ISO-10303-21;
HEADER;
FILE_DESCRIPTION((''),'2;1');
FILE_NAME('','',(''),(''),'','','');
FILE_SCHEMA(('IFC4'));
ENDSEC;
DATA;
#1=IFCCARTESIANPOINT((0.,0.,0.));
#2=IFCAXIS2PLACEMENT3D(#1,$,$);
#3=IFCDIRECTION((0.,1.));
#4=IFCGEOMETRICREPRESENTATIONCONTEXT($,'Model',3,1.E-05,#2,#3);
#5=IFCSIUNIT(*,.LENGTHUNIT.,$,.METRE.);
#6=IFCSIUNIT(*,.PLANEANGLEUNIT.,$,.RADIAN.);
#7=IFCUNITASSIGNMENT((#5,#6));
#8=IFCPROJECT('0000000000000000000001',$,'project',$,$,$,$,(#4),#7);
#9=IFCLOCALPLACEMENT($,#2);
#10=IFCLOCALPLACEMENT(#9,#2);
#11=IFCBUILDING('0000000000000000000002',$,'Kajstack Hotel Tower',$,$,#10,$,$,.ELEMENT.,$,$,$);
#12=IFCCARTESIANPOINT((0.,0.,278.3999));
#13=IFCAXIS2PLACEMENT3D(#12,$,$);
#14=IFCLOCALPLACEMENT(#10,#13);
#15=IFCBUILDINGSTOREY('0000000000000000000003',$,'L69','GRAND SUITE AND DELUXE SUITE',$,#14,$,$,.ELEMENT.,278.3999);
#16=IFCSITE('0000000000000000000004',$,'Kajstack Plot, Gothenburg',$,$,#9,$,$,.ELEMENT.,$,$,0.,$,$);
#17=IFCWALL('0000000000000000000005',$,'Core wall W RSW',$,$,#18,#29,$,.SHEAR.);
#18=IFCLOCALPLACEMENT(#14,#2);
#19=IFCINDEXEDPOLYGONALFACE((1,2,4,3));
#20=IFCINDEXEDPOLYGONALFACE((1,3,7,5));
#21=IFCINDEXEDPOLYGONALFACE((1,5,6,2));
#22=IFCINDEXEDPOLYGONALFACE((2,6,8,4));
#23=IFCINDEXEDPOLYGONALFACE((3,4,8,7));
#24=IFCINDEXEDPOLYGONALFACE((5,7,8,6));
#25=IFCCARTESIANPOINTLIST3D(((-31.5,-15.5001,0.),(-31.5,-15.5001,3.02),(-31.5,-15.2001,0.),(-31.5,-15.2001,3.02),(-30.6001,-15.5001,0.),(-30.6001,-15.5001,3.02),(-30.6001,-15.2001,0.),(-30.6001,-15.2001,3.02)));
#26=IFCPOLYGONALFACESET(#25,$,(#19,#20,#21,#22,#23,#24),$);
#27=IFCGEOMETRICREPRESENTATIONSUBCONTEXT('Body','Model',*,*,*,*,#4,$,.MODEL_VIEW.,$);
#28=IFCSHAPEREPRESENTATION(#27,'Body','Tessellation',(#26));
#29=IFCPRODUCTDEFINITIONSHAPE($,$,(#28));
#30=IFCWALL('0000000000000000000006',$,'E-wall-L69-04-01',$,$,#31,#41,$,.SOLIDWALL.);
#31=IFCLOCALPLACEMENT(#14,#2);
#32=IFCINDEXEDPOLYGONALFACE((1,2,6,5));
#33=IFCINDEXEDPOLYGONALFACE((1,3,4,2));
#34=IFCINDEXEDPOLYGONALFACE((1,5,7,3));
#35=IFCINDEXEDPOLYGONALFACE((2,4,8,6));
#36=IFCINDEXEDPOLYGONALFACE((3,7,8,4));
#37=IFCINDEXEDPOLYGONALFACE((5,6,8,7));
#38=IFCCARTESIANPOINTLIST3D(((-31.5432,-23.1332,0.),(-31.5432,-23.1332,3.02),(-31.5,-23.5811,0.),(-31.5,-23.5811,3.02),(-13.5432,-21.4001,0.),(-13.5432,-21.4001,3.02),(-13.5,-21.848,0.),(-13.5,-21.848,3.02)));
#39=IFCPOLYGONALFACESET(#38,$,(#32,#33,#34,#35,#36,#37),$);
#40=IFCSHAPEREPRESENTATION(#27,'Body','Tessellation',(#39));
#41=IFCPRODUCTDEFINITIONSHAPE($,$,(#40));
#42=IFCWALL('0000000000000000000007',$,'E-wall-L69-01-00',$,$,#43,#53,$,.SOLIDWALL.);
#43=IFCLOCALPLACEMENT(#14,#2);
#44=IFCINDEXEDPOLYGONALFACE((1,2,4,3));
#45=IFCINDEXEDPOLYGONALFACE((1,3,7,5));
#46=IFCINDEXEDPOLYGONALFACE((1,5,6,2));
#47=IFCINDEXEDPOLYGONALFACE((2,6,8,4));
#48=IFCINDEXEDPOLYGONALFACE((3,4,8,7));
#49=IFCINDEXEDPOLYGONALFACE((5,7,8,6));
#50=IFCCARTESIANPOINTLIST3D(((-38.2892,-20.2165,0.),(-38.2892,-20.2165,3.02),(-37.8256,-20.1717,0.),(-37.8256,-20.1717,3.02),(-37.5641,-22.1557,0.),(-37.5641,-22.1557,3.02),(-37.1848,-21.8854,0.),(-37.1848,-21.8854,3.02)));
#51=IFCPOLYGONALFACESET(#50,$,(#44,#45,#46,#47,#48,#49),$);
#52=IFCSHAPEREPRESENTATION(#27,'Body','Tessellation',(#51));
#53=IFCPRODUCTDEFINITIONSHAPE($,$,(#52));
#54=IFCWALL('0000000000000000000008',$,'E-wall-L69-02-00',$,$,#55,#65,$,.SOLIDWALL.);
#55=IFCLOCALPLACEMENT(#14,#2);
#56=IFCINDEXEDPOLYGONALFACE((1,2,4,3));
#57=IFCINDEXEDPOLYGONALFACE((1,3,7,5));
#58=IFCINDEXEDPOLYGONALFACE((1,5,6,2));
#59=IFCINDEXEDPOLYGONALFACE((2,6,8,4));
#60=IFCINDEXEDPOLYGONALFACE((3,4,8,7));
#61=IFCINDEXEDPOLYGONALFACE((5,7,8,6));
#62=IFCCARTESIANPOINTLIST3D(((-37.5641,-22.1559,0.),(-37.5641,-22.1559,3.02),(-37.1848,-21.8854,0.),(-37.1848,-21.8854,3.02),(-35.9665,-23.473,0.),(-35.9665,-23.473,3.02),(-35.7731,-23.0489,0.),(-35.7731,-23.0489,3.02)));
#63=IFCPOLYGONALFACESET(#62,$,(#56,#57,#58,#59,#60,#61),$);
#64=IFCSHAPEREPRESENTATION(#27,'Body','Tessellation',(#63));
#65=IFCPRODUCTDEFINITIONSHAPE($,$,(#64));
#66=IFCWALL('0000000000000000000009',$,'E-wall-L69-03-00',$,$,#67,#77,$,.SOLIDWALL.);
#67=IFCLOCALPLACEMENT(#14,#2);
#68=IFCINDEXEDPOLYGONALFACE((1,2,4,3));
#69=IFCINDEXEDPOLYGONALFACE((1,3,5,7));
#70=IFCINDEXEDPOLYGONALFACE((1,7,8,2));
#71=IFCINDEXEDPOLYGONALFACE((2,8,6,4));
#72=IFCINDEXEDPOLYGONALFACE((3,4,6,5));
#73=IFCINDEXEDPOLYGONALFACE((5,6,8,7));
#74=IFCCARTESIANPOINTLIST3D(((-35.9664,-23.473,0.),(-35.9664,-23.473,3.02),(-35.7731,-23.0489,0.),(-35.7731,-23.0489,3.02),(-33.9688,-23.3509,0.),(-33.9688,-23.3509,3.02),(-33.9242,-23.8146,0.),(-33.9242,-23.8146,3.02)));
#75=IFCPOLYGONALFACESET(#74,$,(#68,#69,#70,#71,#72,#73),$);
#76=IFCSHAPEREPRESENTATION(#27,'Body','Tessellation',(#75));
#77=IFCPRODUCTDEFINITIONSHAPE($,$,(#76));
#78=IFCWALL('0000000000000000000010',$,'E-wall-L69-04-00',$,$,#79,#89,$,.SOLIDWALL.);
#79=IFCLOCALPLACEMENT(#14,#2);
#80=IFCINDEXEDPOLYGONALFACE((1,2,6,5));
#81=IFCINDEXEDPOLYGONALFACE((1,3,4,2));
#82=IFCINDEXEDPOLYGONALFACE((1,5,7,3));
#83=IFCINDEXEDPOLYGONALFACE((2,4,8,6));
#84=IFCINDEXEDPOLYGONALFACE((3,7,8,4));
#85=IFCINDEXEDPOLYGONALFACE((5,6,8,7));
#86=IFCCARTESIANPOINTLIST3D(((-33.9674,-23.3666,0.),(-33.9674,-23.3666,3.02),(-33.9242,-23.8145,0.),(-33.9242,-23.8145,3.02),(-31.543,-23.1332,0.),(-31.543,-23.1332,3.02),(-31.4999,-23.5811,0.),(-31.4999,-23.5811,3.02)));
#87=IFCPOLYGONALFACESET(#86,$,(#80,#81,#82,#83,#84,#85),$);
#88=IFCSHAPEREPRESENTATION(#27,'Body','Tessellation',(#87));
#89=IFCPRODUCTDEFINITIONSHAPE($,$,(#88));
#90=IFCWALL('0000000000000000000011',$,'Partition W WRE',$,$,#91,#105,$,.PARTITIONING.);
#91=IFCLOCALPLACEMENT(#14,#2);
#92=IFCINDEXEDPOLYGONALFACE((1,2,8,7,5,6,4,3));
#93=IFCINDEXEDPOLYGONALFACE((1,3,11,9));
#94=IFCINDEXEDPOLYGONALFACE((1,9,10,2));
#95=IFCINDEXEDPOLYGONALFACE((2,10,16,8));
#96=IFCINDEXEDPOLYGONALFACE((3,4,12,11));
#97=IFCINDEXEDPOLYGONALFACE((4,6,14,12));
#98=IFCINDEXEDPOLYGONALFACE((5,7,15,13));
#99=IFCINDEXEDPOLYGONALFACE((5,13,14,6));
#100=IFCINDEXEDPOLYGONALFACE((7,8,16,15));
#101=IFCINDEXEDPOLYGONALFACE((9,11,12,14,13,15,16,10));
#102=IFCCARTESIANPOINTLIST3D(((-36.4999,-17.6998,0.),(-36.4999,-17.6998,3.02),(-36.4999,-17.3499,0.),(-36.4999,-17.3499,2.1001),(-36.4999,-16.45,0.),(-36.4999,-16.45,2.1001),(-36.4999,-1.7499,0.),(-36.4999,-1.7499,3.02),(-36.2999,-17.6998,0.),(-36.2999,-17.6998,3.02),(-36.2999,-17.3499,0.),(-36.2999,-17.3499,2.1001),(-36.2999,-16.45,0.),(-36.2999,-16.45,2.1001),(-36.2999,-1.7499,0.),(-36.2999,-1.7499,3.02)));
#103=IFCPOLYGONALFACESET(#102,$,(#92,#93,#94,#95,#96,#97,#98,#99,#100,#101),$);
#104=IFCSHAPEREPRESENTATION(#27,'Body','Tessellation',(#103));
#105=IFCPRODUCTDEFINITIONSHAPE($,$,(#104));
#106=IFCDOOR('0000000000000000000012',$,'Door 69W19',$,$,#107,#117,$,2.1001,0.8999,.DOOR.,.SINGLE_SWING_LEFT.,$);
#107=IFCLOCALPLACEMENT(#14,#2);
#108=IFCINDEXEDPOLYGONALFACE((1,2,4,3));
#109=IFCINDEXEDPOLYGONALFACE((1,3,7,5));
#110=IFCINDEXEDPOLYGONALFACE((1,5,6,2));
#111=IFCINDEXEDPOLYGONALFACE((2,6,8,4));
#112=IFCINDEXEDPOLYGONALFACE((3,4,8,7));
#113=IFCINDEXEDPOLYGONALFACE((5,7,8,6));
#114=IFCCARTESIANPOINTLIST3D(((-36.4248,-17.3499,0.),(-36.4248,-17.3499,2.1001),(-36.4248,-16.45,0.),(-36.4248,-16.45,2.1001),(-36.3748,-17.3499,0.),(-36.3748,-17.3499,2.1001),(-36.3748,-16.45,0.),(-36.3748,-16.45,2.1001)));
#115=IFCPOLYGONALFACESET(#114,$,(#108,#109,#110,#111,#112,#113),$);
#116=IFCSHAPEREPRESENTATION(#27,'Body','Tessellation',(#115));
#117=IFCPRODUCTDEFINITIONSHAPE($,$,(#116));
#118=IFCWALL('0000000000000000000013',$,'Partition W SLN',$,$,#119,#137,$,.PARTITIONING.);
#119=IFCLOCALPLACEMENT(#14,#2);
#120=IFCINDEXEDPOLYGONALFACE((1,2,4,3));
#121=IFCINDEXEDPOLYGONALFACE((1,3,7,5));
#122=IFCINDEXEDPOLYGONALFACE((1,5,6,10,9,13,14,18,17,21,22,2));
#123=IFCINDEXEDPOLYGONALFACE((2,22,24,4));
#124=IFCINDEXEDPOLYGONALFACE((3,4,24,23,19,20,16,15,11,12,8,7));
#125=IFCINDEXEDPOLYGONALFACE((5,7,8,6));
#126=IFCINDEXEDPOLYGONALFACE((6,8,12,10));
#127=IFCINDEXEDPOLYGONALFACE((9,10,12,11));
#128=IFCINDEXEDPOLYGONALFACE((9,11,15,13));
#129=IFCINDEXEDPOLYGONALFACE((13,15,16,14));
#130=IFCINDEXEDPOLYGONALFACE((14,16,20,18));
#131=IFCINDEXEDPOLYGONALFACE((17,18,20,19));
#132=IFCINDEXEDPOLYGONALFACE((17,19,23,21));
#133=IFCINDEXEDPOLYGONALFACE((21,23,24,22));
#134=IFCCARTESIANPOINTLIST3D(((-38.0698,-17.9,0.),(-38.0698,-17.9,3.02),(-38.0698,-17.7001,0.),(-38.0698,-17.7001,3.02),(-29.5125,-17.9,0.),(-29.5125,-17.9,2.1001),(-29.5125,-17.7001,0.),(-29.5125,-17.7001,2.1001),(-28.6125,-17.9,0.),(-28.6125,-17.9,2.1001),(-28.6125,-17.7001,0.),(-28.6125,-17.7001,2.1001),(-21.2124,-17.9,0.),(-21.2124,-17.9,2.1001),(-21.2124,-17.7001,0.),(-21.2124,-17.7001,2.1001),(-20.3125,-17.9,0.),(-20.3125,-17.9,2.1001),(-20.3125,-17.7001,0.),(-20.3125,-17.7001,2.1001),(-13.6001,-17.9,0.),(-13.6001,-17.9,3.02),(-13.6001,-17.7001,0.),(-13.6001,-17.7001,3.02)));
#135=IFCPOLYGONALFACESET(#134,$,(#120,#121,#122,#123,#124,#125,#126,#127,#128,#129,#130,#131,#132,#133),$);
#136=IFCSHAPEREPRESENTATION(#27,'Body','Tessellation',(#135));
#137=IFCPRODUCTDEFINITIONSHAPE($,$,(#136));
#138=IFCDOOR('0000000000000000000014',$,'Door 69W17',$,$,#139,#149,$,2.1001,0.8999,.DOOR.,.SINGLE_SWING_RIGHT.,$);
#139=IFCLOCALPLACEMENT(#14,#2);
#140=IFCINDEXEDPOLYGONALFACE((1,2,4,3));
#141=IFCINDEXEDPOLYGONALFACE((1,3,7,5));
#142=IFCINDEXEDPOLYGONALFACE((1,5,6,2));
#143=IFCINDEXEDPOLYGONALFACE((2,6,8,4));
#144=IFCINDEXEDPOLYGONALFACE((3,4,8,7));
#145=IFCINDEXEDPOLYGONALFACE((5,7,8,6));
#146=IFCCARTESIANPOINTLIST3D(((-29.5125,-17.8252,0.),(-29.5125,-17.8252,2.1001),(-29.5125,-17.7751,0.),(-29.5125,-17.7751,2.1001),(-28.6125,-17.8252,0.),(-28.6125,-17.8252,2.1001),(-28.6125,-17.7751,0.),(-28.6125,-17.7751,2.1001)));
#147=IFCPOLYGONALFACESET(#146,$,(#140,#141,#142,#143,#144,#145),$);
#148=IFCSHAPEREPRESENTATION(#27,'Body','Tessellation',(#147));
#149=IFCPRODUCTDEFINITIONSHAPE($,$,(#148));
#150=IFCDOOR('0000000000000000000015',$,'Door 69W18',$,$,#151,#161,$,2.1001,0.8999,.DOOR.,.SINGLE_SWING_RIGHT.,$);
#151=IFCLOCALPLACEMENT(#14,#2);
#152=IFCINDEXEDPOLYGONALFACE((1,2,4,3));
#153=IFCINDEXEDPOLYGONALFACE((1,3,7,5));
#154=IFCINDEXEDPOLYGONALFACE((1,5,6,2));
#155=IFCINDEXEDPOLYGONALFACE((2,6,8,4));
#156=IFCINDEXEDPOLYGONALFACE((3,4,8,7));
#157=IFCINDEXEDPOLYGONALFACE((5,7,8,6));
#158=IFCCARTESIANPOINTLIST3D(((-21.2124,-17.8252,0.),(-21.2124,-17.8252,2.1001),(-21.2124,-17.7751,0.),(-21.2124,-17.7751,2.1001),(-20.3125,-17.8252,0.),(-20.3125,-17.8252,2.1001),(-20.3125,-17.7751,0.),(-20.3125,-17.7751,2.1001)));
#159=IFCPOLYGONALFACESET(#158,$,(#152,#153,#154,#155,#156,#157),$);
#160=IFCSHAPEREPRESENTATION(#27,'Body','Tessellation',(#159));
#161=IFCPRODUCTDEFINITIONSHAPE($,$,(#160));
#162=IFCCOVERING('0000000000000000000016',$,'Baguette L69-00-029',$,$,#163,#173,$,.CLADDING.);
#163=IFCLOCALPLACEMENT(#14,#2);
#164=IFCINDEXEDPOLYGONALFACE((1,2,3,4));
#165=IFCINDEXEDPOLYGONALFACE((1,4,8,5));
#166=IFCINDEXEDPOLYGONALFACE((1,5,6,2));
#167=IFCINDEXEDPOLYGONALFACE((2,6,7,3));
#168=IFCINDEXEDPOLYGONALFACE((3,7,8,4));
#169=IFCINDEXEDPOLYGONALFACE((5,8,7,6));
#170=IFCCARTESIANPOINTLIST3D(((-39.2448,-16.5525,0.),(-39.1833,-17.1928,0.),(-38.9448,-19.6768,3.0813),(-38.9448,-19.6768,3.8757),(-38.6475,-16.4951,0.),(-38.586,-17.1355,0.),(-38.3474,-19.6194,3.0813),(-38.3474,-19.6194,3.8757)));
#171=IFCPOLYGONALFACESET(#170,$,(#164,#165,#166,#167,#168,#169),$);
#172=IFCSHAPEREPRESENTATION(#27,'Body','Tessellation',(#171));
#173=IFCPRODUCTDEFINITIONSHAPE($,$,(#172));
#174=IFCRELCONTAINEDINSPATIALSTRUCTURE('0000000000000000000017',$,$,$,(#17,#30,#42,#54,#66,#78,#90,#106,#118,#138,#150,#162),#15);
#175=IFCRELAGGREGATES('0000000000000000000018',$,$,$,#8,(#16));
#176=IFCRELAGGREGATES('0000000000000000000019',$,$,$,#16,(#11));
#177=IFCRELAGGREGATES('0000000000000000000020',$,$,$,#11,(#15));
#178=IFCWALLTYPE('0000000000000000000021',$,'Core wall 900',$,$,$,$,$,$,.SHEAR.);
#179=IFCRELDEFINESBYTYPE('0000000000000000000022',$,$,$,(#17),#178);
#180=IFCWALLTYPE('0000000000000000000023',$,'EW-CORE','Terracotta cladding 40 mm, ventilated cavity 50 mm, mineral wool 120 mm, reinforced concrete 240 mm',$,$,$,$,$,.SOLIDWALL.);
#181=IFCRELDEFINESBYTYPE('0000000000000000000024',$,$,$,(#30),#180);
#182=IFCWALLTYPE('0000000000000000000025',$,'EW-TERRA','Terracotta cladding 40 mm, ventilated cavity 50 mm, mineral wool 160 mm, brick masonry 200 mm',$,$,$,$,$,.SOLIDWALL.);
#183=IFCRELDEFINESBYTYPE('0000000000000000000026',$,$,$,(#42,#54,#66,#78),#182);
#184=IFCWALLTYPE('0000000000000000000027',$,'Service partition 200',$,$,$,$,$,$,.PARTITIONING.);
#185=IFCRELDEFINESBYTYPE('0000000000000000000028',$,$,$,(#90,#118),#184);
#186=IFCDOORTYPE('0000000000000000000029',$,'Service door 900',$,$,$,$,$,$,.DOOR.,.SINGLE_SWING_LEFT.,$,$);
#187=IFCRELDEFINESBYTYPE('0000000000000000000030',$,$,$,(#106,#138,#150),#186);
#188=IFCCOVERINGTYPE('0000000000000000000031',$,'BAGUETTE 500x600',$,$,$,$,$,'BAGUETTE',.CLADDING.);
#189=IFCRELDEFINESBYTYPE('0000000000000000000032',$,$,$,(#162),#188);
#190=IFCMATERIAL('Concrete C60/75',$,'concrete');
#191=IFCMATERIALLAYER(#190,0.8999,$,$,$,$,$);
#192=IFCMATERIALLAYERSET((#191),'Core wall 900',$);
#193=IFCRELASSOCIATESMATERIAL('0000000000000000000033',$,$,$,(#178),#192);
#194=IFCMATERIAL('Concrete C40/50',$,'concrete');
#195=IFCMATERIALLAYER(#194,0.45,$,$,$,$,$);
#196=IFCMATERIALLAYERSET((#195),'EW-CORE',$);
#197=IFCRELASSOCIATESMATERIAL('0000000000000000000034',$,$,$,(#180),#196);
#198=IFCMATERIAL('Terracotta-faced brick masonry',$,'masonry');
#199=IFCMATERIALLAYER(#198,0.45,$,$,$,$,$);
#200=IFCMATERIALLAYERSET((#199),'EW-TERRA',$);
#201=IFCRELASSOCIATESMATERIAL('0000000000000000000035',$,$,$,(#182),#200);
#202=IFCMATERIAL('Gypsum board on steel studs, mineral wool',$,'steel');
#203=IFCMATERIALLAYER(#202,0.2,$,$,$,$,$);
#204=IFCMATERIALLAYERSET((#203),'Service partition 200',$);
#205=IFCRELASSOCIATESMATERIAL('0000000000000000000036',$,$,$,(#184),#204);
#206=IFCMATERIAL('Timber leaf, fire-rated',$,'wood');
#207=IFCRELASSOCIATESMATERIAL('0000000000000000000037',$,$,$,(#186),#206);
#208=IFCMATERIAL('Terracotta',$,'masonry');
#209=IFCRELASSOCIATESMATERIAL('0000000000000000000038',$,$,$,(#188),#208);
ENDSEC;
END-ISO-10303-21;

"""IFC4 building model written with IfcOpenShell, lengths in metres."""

from ifc_helpers import new_model, si_unit, direction, frame, frame_2d, origin, origin_2d, place, context, subcontext, project, spatial, polyline, rectangle, outline, extrude, material, layer, layer_set, material_profile, profile_set, type_object, element, fill, save


model = new_model("IFC4")

# Units and contexts
model_context = context("Model", 3, precision=1e-05, world=origin(), true_north=direction((0.0, 1.0)))
body_context = subcontext(model_context, "Body", "Model", "MODEL_VIEW")
ifc_project = project(units=[si_unit("LENGTHUNIT", "METRE"), si_unit("PLANEANGLEUNIT", "RADIAN")], contexts=[model_context])

# Site, building, storey
site_placement = place(None, origin())
site = spatial("IfcSite", under=ifc_project, at=site_placement, Name="Kajstack Plot, Gothenburg", CompositionType="ELEMENT", RefElevation=0.0)
building_placement = place(site_placement, origin())
building = spatial("IfcBuilding", under=site, at=building_placement, Name="Kajstack Hotel Tower", CompositionType="ELEMENT")
storey_placement = place(building_placement, frame((0.0, 0.0, 278.3999)))
storey = spatial("IfcBuildingStorey", under=building, at=storey_placement, Name="L69", Description="GRAND SUITE AND DELUXE SUITE", CompositionType="ELEMENT", Elevation=278.3999)

# Walls
ifc_material_1 = material(Name="Concrete C60/75", Category="concrete")
ifc_layer_1 = layer(ifc_material_1, 0.8999)
ifc_layer_set_1 = layer_set([ifc_layer_1], Name="Core wall 900")
wall_type_1 = type_object("IfcWallType", Name="Core wall 900", PredefinedType="SHEAR", material=ifc_layer_set_1)
wall_1_placement = place(storey_placement, frame((-31.5, -15.3501, 0.0), z_axis=(0.0, 0.0, 1.0), x_axis=(1.0, 0.0, 0.0)))
element("IfcWall", 1, at=wall_1_placement, inside=storey, type_object=wall_type_1, Name="Core wall W RSW", PredefinedType="SHEAR", context=body_context, shape_type="SweptSolid", body=[
    extrude(rectangle(XDim=0.8999, YDim=0.3, at=frame_2d((0.45, 0.0))), origin(), (0.0, 0.0, 1.0), 3.02),
])
ifc_material_2 = material(Name="Concrete C40/50", Category="concrete")
ifc_layer_2 = layer(ifc_material_2, 0.45)
ifc_layer_set_2 = layer_set([ifc_layer_2], Name="EW-CORE")
wall_type_2 = type_object("IfcWallType", Name="EW-CORE", Description="Terracotta cladding 40 mm, ventilated cavity 50 mm, mineral wool 120 mm, reinforced concrete 240 mm", PredefinedType="SOLIDWALL", material=ifc_layer_set_2)
wall_2_placement = place(storey_placement, frame((-31.5215, -23.3572, 0.0), z_axis=(0.0, 0.0, 1.0), x_axis=(0.995396, 0.095843, 0.0)))
element("IfcWall", 2, at=wall_2_placement, inside=storey, type_object=wall_type_2, Name="E-wall-L69-04-01", PredefinedType="SOLIDWALL", context=body_context, shape_type="SweptSolid", body=[
    extrude(rectangle(XDim=18.0833, YDim=0.45, at=frame_2d((9.0415, 0.0))), origin(), (0.0, 0.0, 1.0), 3.02),
])
ifc_material_3 = material(Name="Terracotta-faced brick masonry", Category="masonry")
ifc_layer_3 = layer(ifc_material_3, 0.45)
ifc_layer_set_3 = layer_set([ifc_layer_3], Name="EW-TERRA")
wall_type_3 = type_object("IfcWallType", Name="EW-TERRA", Description="Terracotta cladding 40 mm, ventilated cavity 50 mm, mineral wool 160 mm, brick masonry 200 mm", PredefinedType="SOLIDWALL", material=ifc_layer_set_3)
wall_3_placement = place(storey_placement, frame((-38.0784, -20.1377, 0.0), z_axis=(0.0, 0.0, 1.0), x_axis=(0.350232, -0.936663, 0.0)))
element("IfcWall", 3, at=wall_3_placement, inside=storey, type_object=wall_type_3, Name="E-wall-L69-01-00", PredefinedType="SOLIDWALL", context=body_context, shape_type="SweptSolid", body=[
    extrude(outline(polyline([(0.0, -0.2251), (2.0703, -0.2251), (1.95, 0.2249), (0.1204, 0.2249), (0.0, -0.2251)])), origin(), (0.0, 0.0, 1.0), 3.02),
])
wall_4_placement = place(storey_placement, frame((-37.4209, -21.9822, 0.0), z_axis=(0.0, 0.0, 1.0), x_axis=(0.771593, -0.636116, 0.0)))
element("IfcWall", 4, at=wall_4_placement, inside=storey, type_object=wall_type_3, Name="E-wall-L69-02-00", PredefinedType="SOLIDWALL", context=body_context, shape_type="SweptSolid", body=[
    extrude(outline(polyline([(0.0, -0.2251), (2.0706, -0.2251), (1.95, 0.2251), (0.1206, 0.2249), (0.0, -0.2251)])), origin(), (0.0, 0.0, 1.0), 3.02),
])
wall_5_placement = place(storey_placement, frame((-35.9292, -23.251, 0.0), z_axis=(0.0, 0.0, 1.0), x_axis=(0.986279, -0.165087, 0.0)))
element("IfcWall", 5, at=wall_5_placement, inside=storey, type_object=wall_type_3, Name="E-wall-L69-03-00", PredefinedType="SOLIDWALL", context=body_context, shape_type="SweptSolid", body=[
    extrude(outline(polyline([(0.0, -0.2251), (2.0706, -0.2249), (1.95, 0.2251), (0.1206, 0.2251), (0.0, -0.2251)])), origin(), (0.0, 0.0, 1.0), 3.02),
])
wall_6_placement = place(storey_placement, frame((-33.9458, -23.5906, 0.0), z_axis=(0.0, 0.0, 1.0), x_axis=(0.995398, 0.095831, 0.0)))
element("IfcWall", 6, at=wall_6_placement, inside=storey, type_object=wall_type_3, Name="E-wall-L69-04-00", PredefinedType="SOLIDWALL", context=body_context, shape_type="SweptSolid", body=[
    extrude(rectangle(XDim=2.4355, YDim=0.45, at=frame_2d((1.2178, 0.0))), origin(), (0.0, 0.0, 1.0), 3.02),
])

# Wall, opening, door
ifc_material_4 = material(Name="Gypsum board on steel studs, mineral wool", Category="steel")
ifc_layer_4 = layer(ifc_material_4, 0.2)
ifc_layer_set_4 = layer_set([ifc_layer_4], Name="Service partition 200")
wall_type_4 = type_object("IfcWallType", Name="Service partition 200", PredefinedType="PARTITIONING", material=ifc_layer_set_4)
wall_7_placement = place(storey_placement, frame((-36.3999, -17.7, 0.0), z_axis=(0.0, 0.0, 1.0), x_axis=(0.0, 1.0, 0.0)))
wall_7 = element("IfcWall", 7, at=wall_7_placement, inside=storey, type_object=wall_type_4, Name="Partition W WRE", PredefinedType="PARTITIONING", context=body_context, shape_type="SweptSolid", body=[
    extrude(rectangle(XDim=15.95, YDim=0.2, at=frame_2d((7.9751, 0.0))), origin(), (0.0, 0.0, 1.0), 3.02),
])
opening_1_placement = place(wall_7_placement, frame((0.3501, 0.0, 0.0)))
opening_1 = element("IfcOpeningElement", 8, at=opening_1_placement, cuts=wall_7, PredefinedType="OPENING", context=body_context, shape_type="SweptSolid", body=[
    extrude(rectangle(XDim=0.8999, YDim=2.1001, at=frame_2d((0.45, 1.05))), frame((0.0, 0.1099, 0.0), z_axis=(0.0, -1.0, 0.0), x_axis=(1.0, 0.0, 0.0)), (0.0, 0.0, 1.0), 0.22),
])
ifc_material_5 = material(Name="Timber leaf, fire-rated", Category="wood")
door_type = type_object("IfcDoorType", Name="Service door 900", OperationType="SINGLE_SWING_LEFT", PredefinedType="DOOR", material=ifc_material_5)
door_1_placement = place(opening_1_placement, origin())
door_1 = element("IfcDoor", 9, at=door_1_placement, inside=storey, type_object=door_type, Name="Door 69W19", OperationType="SINGLE_SWING_LEFT", OverallHeight=2.1001, OverallWidth=0.8999, PredefinedType="DOOR", context=body_context, shape_type="SweptSolid", body=[
    extrude(rectangle(XDim=0.8999, YDim=2.1001, at=frame_2d((0.45, 1.05))), frame((0.0, 0.0249, 0.0), z_axis=(0.0, -1.0, 0.0), x_axis=(1.0, 0.0, 0.0)), (0.0, 0.0, 1.0), 0.05),
])
fill(opening_1, door_1)

# Wall, openings, doors
wall_8_placement = place(storey_placement, frame((-38.0698, -17.8, 0.0), z_axis=(0.0, 0.0, 1.0), x_axis=(1.0, 0.0, 0.0)))
wall_8 = element("IfcWall", 10, at=wall_8_placement, inside=storey, type_object=wall_type_4, Name="Partition W SLN", PredefinedType="PARTITIONING", context=body_context, shape_type="SweptSolid", body=[
    extrude(rectangle(XDim=24.4697, YDim=0.2, at=frame_2d((12.2349, 0.0))), origin(), (0.0, 0.0, 1.0), 3.02),
])
opening_2_placement = place(wall_8_placement, frame((8.5574, 0.0, 0.0)))
opening_2 = element("IfcOpeningElement", 11, at=opening_2_placement, cuts=wall_8, PredefinedType="OPENING", context=body_context, shape_type="SweptSolid", body=[
    extrude(rectangle(XDim=0.8999, YDim=2.1001, at=frame_2d((0.45, 1.05))), frame((0.0, 0.1099, 0.0), z_axis=(0.0, -1.0, 0.0), x_axis=(1.0, 0.0, 0.0)), (0.0, 0.0, 1.0), 0.22),
])
opening_3_placement = place(wall_8_placement, frame((16.8574, 0.0, 0.0)))
opening_3 = element("IfcOpeningElement", 12, at=opening_3_placement, cuts=wall_8, PredefinedType="OPENING", context=body_context, shape_type="SweptSolid", body=[
    extrude(rectangle(XDim=0.8999, YDim=2.1001, at=frame_2d((0.45, 1.05))), frame((0.0, 0.1099, 0.0), z_axis=(0.0, -1.0, 0.0), x_axis=(1.0, 0.0, 0.0)), (0.0, 0.0, 1.0), 0.22),
])
door_2_placement = place(opening_2_placement, origin())
door_2 = element("IfcDoor", 13, at=door_2_placement, inside=storey, type_object=door_type, Name="Door 69W17", OperationType="SINGLE_SWING_RIGHT", OverallHeight=2.1001, OverallWidth=0.8999, PredefinedType="DOOR", context=body_context, shape_type="SweptSolid", body=[
    extrude(rectangle(XDim=0.8999, YDim=2.1001, at=frame_2d((0.45, 1.05))), frame((0.0, 0.0249, 0.0), z_axis=(0.0, -1.0, 0.0), x_axis=(1.0, 0.0, 0.0)), (0.0, 0.0, 1.0), 0.05),
])
fill(opening_2, door_2)
door_3_placement = place(opening_3_placement, origin())
door_3 = element("IfcDoor", 14, at=door_3_placement, inside=storey, type_object=door_type, Name="Door 69W18", OperationType="SINGLE_SWING_RIGHT", OverallHeight=2.1001, OverallWidth=0.8999, PredefinedType="DOOR", context=body_context, shape_type="SweptSolid", body=[
    extrude(rectangle(XDim=0.8999, YDim=2.1001, at=frame_2d((0.45, 1.05))), frame((0.0, 0.0249, 0.0), z_axis=(0.0, -1.0, 0.0), x_axis=(1.0, 0.0, 0.0)), (0.0, 0.0, 1.0), 0.05),
])
fill(opening_3, door_3)

# Covering
ifc_material_6 = material(Name="Terracotta", Category="masonry")
ifc_material_profile = material_profile(ifc_material_6, rectangle(XDim=0.6001, YDim=0.5, at=origin_2d()), Name="Terracotta-clad concrete baguette 500 x 600")
ifc_profile_set = profile_set([ifc_material_profile], Name="Terracotta")
covering_type = type_object("IfcCoveringType", Name="BAGUETTE 500x600", ElementType="BAGUETTE", PredefinedType="CLADDING", material=ifc_profile_set)
covering_1_placement = place(storey_placement, frame((-38.6475, -16.4951, 0.0), z_axis=(-0.99542, -0.095596, 0.0), x_axis=(0.095596, -0.99542, 0.0)))
element("IfcCovering", 15, at=covering_1_placement, inside=storey, type_object=covering_type, Name="Baguette L69-00-029", PredefinedType="CLADDING", context=body_context, shape_type="SweptSolid", body=[
    extrude(outline(polyline([(0.6433, 0.0), (3.1387, 3.0813), (3.1387, 3.8757), (0.0, 0.0), (0.6433, 0.0)])), origin(), (0.0, 0.0, 1.0), 0.6001),
])

save(model, "model.ifc")
